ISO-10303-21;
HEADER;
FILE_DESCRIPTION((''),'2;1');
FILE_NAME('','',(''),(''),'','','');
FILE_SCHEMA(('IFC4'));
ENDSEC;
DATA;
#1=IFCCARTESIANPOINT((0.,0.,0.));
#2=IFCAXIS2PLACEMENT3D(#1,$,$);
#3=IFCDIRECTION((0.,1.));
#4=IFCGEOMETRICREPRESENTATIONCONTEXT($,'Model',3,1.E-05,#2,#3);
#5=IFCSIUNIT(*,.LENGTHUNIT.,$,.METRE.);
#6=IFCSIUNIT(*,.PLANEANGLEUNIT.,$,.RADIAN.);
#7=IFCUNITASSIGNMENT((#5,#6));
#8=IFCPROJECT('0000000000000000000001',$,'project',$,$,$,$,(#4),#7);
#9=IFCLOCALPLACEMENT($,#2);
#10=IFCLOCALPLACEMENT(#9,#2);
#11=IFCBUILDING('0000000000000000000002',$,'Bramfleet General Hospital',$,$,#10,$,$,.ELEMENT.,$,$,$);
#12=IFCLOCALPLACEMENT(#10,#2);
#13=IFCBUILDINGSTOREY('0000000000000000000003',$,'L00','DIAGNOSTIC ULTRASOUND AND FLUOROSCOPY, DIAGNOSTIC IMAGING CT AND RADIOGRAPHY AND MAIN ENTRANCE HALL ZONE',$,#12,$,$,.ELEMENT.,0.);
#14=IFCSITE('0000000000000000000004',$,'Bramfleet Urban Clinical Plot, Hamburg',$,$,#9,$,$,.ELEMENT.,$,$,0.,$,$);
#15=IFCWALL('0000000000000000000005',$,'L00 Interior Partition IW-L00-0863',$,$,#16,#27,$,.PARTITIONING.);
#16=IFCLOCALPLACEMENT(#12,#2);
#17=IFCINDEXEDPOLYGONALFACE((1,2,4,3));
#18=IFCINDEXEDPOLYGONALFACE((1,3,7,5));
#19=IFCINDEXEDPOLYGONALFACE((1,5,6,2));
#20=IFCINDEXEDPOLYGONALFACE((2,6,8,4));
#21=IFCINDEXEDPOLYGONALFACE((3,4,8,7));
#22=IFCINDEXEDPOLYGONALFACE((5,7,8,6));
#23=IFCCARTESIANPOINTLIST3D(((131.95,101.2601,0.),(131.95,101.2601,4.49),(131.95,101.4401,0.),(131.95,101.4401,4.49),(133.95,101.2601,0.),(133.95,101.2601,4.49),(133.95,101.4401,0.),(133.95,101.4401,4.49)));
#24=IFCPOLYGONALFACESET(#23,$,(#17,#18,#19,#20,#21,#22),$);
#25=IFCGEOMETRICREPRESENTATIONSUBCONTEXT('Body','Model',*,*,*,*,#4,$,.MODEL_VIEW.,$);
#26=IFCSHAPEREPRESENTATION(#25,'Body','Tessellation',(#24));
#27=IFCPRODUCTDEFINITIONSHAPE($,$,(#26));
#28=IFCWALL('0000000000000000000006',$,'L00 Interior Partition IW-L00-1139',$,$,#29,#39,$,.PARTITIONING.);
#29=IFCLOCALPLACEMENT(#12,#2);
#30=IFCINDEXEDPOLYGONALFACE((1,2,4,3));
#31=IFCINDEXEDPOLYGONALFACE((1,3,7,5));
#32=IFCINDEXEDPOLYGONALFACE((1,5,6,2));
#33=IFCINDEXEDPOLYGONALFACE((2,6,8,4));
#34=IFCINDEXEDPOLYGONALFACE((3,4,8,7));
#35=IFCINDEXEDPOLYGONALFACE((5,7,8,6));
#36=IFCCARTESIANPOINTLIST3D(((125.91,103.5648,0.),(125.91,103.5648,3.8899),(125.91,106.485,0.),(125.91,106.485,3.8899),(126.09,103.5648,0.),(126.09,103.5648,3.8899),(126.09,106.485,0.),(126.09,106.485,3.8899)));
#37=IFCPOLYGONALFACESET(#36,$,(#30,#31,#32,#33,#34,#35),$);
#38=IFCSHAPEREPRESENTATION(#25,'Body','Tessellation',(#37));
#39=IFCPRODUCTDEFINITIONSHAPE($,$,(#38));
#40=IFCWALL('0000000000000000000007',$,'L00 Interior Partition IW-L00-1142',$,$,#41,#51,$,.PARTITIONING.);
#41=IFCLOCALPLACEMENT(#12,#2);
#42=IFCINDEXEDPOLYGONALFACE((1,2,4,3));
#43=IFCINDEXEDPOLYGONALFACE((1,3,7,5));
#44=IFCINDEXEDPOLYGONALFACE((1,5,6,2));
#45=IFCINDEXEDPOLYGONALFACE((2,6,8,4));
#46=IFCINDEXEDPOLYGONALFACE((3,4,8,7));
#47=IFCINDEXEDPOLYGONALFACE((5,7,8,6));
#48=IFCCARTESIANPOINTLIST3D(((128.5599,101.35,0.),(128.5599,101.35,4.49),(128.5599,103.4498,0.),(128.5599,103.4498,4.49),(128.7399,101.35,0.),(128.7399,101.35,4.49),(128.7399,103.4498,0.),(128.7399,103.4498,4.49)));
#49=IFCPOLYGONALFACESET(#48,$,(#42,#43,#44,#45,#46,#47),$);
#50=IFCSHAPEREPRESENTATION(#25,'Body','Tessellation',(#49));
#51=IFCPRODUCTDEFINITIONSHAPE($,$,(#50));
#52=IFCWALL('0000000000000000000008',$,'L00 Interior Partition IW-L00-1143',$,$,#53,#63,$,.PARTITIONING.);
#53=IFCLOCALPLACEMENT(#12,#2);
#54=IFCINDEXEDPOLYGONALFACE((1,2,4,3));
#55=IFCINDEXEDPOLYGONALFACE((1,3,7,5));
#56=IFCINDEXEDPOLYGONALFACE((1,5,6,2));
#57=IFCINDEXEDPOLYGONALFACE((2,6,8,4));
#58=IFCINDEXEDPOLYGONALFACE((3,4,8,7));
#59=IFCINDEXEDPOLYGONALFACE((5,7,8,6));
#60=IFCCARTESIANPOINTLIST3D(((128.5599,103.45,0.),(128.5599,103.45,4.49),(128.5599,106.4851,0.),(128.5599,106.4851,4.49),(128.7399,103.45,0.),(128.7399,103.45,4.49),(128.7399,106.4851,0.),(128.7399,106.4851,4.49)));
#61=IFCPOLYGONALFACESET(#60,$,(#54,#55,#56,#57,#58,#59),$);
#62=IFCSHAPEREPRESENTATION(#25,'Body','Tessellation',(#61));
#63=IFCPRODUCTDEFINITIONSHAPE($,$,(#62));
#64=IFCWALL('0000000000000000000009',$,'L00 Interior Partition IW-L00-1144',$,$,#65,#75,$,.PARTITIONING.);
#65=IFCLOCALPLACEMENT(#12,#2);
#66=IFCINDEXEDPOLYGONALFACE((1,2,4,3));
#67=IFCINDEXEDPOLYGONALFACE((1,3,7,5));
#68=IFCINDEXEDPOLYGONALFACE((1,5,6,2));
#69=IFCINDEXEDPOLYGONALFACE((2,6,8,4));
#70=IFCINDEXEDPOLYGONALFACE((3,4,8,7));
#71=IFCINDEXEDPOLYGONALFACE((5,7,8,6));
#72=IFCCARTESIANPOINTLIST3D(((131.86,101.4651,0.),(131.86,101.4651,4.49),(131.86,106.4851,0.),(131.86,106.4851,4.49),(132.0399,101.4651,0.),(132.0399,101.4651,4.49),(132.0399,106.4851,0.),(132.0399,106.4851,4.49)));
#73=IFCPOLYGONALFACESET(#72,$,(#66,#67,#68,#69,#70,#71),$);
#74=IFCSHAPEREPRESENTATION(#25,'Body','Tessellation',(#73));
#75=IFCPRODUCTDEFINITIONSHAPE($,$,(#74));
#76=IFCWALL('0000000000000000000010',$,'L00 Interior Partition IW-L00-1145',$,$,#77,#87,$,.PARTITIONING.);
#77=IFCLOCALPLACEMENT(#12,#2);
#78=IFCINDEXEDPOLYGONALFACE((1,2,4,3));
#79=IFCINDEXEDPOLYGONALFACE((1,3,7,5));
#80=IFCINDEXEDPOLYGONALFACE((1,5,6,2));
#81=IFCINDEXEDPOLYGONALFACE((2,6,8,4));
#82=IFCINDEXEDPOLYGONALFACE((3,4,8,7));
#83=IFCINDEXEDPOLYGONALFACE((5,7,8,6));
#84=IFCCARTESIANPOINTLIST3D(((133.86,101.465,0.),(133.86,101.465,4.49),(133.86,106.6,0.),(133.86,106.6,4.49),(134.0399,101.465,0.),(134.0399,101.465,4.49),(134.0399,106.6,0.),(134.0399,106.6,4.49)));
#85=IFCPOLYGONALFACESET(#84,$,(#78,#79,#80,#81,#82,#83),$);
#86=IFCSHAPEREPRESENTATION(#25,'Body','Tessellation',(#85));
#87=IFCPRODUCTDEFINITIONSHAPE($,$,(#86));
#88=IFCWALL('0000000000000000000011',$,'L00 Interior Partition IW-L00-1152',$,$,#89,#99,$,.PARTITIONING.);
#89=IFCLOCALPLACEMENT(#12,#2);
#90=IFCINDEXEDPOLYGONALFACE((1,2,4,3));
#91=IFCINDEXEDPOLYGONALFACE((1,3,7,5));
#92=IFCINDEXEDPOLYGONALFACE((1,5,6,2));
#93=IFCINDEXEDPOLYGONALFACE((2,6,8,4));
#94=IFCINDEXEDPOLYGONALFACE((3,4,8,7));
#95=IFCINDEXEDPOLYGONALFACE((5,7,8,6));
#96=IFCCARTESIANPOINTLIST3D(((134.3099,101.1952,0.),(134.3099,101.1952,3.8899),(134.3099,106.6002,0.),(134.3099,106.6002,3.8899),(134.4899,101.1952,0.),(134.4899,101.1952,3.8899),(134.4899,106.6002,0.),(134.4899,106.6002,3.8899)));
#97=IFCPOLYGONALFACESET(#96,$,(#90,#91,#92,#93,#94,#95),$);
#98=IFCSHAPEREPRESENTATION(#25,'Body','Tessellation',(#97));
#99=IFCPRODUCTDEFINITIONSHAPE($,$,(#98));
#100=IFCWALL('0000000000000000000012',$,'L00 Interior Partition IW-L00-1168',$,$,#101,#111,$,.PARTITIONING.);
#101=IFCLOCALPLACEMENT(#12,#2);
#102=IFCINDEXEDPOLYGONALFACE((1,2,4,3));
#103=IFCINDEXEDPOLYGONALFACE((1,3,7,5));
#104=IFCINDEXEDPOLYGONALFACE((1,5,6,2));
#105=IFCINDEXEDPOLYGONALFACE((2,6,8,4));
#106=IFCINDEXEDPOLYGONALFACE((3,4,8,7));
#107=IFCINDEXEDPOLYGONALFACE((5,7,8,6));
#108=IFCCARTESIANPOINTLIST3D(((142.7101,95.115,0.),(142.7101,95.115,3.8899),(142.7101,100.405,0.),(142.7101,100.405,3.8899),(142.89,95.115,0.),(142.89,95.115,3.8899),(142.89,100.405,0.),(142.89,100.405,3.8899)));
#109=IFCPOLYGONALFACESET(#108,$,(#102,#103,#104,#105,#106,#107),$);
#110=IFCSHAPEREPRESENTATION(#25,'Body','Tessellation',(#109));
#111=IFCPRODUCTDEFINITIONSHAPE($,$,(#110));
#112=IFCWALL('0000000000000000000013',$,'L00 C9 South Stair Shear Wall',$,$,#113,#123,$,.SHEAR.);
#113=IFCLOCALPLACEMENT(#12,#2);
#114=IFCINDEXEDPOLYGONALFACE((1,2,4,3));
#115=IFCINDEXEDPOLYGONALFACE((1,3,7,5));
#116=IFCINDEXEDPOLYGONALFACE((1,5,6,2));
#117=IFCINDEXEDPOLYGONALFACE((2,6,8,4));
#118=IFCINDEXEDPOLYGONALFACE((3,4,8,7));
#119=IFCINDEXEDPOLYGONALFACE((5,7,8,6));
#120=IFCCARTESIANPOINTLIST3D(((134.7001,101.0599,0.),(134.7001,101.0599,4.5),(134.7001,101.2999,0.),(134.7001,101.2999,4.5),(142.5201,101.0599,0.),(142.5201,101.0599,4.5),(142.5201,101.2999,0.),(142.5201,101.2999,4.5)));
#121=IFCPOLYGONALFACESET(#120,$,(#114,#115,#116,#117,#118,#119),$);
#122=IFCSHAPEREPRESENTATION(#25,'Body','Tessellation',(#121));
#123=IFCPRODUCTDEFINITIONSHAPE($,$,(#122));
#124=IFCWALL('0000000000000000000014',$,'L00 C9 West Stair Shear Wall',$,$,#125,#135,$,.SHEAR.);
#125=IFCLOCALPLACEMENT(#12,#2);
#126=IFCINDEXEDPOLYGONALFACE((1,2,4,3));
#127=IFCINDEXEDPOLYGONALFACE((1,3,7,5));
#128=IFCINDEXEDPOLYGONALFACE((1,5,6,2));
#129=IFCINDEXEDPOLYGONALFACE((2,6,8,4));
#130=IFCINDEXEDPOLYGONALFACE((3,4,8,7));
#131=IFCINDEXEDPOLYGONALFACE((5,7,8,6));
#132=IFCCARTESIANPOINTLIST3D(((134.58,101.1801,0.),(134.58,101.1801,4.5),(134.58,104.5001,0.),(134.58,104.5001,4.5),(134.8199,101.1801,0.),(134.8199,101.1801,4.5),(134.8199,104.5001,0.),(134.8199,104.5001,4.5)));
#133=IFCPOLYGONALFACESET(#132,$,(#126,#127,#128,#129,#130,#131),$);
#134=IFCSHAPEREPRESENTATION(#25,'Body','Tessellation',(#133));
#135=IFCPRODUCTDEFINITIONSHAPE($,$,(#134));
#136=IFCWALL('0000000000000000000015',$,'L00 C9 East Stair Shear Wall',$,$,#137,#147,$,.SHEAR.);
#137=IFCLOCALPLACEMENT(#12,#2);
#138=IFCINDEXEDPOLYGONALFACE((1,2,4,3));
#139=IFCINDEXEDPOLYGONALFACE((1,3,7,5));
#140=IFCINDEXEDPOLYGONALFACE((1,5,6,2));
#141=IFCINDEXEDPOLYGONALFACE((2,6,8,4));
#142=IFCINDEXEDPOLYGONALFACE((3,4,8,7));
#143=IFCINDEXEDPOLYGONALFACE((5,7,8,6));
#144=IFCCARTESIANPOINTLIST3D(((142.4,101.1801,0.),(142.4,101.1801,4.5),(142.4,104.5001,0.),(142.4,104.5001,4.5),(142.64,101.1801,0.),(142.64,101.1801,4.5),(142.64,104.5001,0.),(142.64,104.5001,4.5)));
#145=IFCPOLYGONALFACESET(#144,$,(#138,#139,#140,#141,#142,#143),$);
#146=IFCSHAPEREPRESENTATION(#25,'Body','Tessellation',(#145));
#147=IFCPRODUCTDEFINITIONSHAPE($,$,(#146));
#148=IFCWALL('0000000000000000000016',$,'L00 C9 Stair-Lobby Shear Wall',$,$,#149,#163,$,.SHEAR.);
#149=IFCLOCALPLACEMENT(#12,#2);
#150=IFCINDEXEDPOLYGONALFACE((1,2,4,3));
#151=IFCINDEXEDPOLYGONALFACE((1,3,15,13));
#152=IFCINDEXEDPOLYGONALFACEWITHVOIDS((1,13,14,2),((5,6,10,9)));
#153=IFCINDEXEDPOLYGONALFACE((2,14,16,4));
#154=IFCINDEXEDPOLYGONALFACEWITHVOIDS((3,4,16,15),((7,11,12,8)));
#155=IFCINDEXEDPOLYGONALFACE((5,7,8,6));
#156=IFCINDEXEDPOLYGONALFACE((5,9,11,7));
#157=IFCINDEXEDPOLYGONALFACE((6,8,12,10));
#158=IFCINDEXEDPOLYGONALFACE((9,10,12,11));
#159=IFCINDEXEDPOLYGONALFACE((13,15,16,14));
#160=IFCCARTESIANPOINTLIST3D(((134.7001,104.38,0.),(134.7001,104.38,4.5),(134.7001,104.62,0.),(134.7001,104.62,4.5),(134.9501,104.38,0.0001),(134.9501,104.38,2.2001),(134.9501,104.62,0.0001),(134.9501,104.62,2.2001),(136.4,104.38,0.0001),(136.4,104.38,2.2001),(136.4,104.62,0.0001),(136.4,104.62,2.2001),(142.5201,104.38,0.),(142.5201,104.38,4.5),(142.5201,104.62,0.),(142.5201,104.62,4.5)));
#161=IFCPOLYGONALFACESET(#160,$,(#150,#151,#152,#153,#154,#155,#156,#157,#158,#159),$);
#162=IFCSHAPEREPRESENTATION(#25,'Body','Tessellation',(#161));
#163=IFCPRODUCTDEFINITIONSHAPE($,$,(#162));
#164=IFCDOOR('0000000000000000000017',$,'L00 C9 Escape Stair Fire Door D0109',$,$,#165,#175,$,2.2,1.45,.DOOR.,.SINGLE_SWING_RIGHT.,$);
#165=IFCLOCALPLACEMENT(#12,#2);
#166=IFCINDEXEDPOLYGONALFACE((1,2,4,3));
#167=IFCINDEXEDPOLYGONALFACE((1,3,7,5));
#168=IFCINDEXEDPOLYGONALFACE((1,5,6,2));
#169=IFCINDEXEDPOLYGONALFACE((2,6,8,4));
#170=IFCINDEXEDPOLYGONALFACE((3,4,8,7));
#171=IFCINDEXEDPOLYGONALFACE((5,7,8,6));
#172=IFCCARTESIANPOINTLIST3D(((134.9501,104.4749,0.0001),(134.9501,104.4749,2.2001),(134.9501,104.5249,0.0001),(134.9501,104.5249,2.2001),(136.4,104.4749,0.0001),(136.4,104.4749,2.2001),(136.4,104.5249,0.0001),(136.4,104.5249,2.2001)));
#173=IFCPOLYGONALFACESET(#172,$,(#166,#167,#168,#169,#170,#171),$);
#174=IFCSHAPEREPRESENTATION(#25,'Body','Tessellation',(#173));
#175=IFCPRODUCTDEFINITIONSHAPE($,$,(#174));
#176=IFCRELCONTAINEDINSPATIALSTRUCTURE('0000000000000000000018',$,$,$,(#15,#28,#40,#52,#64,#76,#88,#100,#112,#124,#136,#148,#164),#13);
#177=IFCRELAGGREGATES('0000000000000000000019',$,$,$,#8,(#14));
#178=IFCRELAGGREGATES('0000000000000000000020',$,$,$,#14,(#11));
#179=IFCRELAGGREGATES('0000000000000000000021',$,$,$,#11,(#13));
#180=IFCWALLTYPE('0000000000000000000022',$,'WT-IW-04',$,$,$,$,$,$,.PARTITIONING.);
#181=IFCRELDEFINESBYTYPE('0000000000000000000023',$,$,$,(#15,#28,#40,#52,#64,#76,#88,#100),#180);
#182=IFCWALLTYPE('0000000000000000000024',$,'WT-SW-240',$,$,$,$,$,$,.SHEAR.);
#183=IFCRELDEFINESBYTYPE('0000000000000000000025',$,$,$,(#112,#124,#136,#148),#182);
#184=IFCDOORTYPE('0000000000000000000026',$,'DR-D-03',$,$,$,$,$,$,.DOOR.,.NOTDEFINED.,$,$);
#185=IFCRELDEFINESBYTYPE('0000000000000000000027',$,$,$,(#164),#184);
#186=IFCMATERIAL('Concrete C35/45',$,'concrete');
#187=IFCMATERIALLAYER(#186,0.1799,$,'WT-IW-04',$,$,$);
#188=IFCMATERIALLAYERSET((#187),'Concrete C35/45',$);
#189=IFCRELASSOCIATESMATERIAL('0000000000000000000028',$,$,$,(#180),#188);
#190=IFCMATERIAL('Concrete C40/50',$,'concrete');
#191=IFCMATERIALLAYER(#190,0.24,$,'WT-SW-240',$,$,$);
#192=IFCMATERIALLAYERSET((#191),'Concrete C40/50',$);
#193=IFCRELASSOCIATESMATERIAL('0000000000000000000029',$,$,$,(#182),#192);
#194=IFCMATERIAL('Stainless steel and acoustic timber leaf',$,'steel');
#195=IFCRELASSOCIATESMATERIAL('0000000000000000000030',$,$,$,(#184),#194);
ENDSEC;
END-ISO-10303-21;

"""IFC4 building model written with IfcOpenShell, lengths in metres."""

from ifc_helpers import new_model, si_unit, direction, frame, frame_2d, origin, place, context, subcontext, project, spatial, rectangle, extrude, material, layer, layer_set, type_object, element, fill, save


model = new_model("IFC4")

# Units and contexts
model_context = context("Model", 3, precision=1e-05, world=origin(), true_north=direction((0.0, 1.0)))
body_context = subcontext(model_context, "Body", "Model", "MODEL_VIEW")
ifc_project = project(units=[si_unit("LENGTHUNIT", "METRE"), si_unit("PLANEANGLEUNIT", "RADIAN")], contexts=[model_context])

# Site, building, storey
site_placement = place(None, origin())
site = spatial("IfcSite", under=ifc_project, at=site_placement, Name="Bramfleet Urban Clinical Plot, Hamburg", CompositionType="ELEMENT", RefElevation=0.0)
building_placement = place(site_placement, origin())
building = spatial("IfcBuilding", under=site, at=building_placement, Name="Bramfleet General Hospital", CompositionType="ELEMENT")
storey_placement = place(building_placement, origin())
storey = spatial("IfcBuildingStorey", under=building, at=storey_placement, Name="L00", Description="DIAGNOSTIC ULTRASOUND AND FLUOROSCOPY, DIAGNOSTIC IMAGING CT AND RADIOGRAPHY AND MAIN ENTRANCE HALL ZONE", CompositionType="ELEMENT", Elevation=0.0)

# Shared definitions
ifc_material_1 = material(Name="Concrete C40/50", Category="concrete")

# Shared definitions
ifc_material_2 = material(Name="Concrete C35/45", Category="concrete")

# Walls
ifc_layer_1 = layer(ifc_material_2, 0.1799, Name="WT-IW-04")
ifc_layer_set_1 = layer_set([ifc_layer_1], Name="Concrete C35/45")
wall_type_1 = type_object("IfcWallType", Name="WT-IW-04", PredefinedType="PARTITIONING", material=ifc_layer_set_1)
wall_1_placement = place(storey_placement, frame((131.95, 101.3501, 0.0), z_axis=(0.0, 0.0, 1.0), x_axis=(1.0, 0.0, 0.0)))
element("IfcWall", 1, at=wall_1_placement, inside=storey, type_object=wall_type_1, Name="L00 Interior Partition IW-L00-0863", PredefinedType="PARTITIONING", context=body_context, shape_type="SweptSolid", body=[
    extrude(rectangle(XDim=2.0, YDim=0.1799, at=frame_2d((1.0, 0.0))), origin(), (0.0, 0.0, 1.0), 4.49),
])
wall_2_placement = place(storey_placement, frame((126.0, 103.5649, 0.0), z_axis=(0.0, 0.0, 1.0), x_axis=(0.0, 1.0, 0.0)))
element("IfcWall", 2, at=wall_2_placement, inside=storey, type_object=wall_type_1, Name="L00 Interior Partition IW-L00-1139", PredefinedType="PARTITIONING", context=body_context, shape_type="SweptSolid", body=[
    extrude(rectangle(XDim=2.9202, YDim=0.1799, at=frame_2d((1.46, 0.0))), origin(), (0.0, 0.0, 1.0), 3.8899),
])
wall_3_placement = place(storey_placement, frame((128.6499, 101.3501, 0.0), z_axis=(0.0, 0.0, 1.0), x_axis=(0.0, 1.0, 0.0)))
element("IfcWall", 3, at=wall_3_placement, inside=storey, type_object=wall_type_1, Name="L00 Interior Partition IW-L00-1142", PredefinedType="PARTITIONING", context=body_context, shape_type="SweptSolid", body=[
    extrude(rectangle(XDim=2.0999, YDim=0.1799, at=frame_2d((1.0498, 0.0))), origin(), (0.0, 0.0, 1.0), 4.49),
])
wall_4_placement = place(storey_placement, frame((128.6499, 103.45, 0.0), z_axis=(0.0, 0.0, 1.0), x_axis=(0.0, 1.0, 0.0)))
element("IfcWall", 4, at=wall_4_placement, inside=storey, type_object=wall_type_1, Name="L00 Interior Partition IW-L00-1143", PredefinedType="PARTITIONING", context=body_context, shape_type="SweptSolid", body=[
    extrude(rectangle(XDim=3.0352, YDim=0.1799, at=frame_2d((1.5176, 0.0))), origin(), (0.0, 0.0, 1.0), 4.49),
])
wall_5_placement = place(storey_placement, frame((131.95, 101.4651, 0.0), z_axis=(0.0, 0.0, 1.0), x_axis=(0.0, 1.0, 0.0)))
element("IfcWall", 5, at=wall_5_placement, inside=storey, type_object=wall_type_1, Name="L00 Interior Partition IW-L00-1144", PredefinedType="PARTITIONING", context=body_context, shape_type="SweptSolid", body=[
    extrude(rectangle(XDim=5.02, YDim=0.1799, at=frame_2d((2.51, 0.0))), origin(), (0.0, 0.0, 1.0), 4.49),
])
wall_6_placement = place(storey_placement, frame((133.95, 101.4651, 0.0), z_axis=(0.0, 0.0, 1.0), x_axis=(0.0, 1.0, 0.0)))
element("IfcWall", 6, at=wall_6_placement, inside=storey, type_object=wall_type_1, Name="L00 Interior Partition IW-L00-1145", PredefinedType="PARTITIONING", context=body_context, shape_type="SweptSolid", body=[
    extrude(rectangle(XDim=5.135, YDim=0.1799, at=frame_2d((2.5674, 0.0))), origin(), (0.0, 0.0, 1.0), 4.49),
])
wall_7_placement = place(storey_placement, frame((134.3999, 101.1951, 0.0), z_axis=(0.0, 0.0, 1.0), x_axis=(0.0, 1.0, 0.0)))
element("IfcWall", 7, at=wall_7_placement, inside=storey, type_object=wall_type_1, Name="L00 Interior Partition IW-L00-1152", PredefinedType="PARTITIONING", context=body_context, shape_type="SweptSolid", body=[
    extrude(rectangle(XDim=5.405, YDim=0.1799, at=frame_2d((2.7026, 0.0))), origin(), (0.0, 0.0, 1.0), 3.8899),
])
wall_8_placement = place(storey_placement, frame((142.8, 95.115, 0.0), z_axis=(0.0, 0.0, 1.0), x_axis=(0.0, 1.0, 0.0)))
element("IfcWall", 8, at=wall_8_placement, inside=storey, type_object=wall_type_1, Name="L00 Interior Partition IW-L00-1168", PredefinedType="PARTITIONING", context=body_context, shape_type="SweptSolid", body=[
    extrude(rectangle(XDim=5.29, YDim=0.1799, at=frame_2d((2.645, 0.0))), origin(), (0.0, 0.0, 1.0), 3.8899),
])
ifc_layer_2 = layer(ifc_material_1, 0.24, Name="WT-SW-240")
ifc_layer_set_2 = layer_set([ifc_layer_2], Name="Concrete C40/50")
wall_type_2 = type_object("IfcWallType", Name="WT-SW-240", PredefinedType="SHEAR", material=ifc_layer_set_2)
wall_9_placement = place(storey_placement, frame((134.7, 101.1799, 0.0), z_axis=(0.0, 0.0, 1.0), x_axis=(1.0, 0.0, 0.0)))
element("IfcWall", 9, at=wall_9_placement, inside=storey, type_object=wall_type_2, Name="L00 C9 South Stair Shear Wall", PredefinedType="SHEAR", context=body_context, shape_type="SweptSolid", body=[
    extrude(rectangle(XDim=7.8201, YDim=0.24, at=frame_2d((3.9102, 0.0))), origin(), (0.0, 0.0, 1.0), 4.5),
])
for number, where, z_axis, x_axis, name in (
    (10, (134.7, 101.1799, 0.0), (0.0, 0.0, 1.0), (0.0, 1.0, 0.0), "L00 C9 West Stair Shear Wall"),
    (11, (142.52, 101.1799, 0.0), (0.0, 0.0, 1.0), (0.0, 1.0, 0.0), "L00 C9 East Stair Shear Wall"),
):
    element("IfcWall", number, at=place(storey_placement, frame(where, z_axis=z_axis, x_axis=x_axis)), inside=storey, type_object=wall_type_2, Name=name, PredefinedType="SHEAR", context=body_context, shape_type="SweptSolid", body=[
        extrude(rectangle(XDim=3.3201, YDim=0.24, at=frame_2d((1.6602, 0.0))), origin(), (0.0, 0.0, 1.0), 4.5),
    ])

# Wall, opening, door
wall_10_placement = place(storey_placement, frame((134.7, 104.5, 0.0), z_axis=(0.0, 0.0, 1.0), x_axis=(1.0, 0.0, 0.0)))
wall_10 = element("IfcWall", 12, at=wall_10_placement, inside=storey, type_object=wall_type_2, Name="L00 C9 Stair-Lobby Shear Wall", PredefinedType="SHEAR", context=body_context, shape_type="SweptSolid", body=[
    extrude(rectangle(XDim=7.8201, YDim=0.24, at=frame_2d((3.9102, 0.0))), origin(), (0.0, 0.0, 1.0), 4.5),
])
opening_placement = place(wall_10_placement, frame((0.25, 0.0, 0.0)))
opening = element("IfcOpeningElement", 13, at=opening_placement, cuts=wall_10, PredefinedType="OPENING", context=body_context, shape_type="SweptSolid", body=[
    extrude(rectangle(XDim=1.45, YDim=2.2, at=frame_2d((0.7251, 1.1001))), frame((0.0, 0.1299, 0.0), z_axis=(0.0, -1.0, 0.0), x_axis=(1.0, 0.0, 0.0)), (0.0, 0.0, 1.0), 0.26),
])
ifc_material_3 = material(Name="Stainless steel and acoustic timber leaf", Category="steel")
door_type = type_object("IfcDoorType", Name="DR-D-03", OperationType="NOTDEFINED", PredefinedType="DOOR", material=ifc_material_3)
door_placement = place(opening_placement, origin())
door = element("IfcDoor", 14, at=door_placement, inside=storey, type_object=door_type, Name="L00 C9 Escape Stair Fire Door D0109", OperationType="SINGLE_SWING_RIGHT", OverallHeight=2.2, OverallWidth=1.45, PredefinedType="DOOR", context=body_context, shape_type="SweptSolid", body=[
    extrude(rectangle(XDim=1.45, YDim=2.2, at=frame_2d((0.7251, 1.1001))), frame((0.0, 0.0249, 0.0), z_axis=(0.0, -1.0, 0.0), x_axis=(1.0, 0.0, 0.0)), (0.0, 0.0, 1.0), 0.05),
])
fill(opening, door)

save(model, "model.ifc")
